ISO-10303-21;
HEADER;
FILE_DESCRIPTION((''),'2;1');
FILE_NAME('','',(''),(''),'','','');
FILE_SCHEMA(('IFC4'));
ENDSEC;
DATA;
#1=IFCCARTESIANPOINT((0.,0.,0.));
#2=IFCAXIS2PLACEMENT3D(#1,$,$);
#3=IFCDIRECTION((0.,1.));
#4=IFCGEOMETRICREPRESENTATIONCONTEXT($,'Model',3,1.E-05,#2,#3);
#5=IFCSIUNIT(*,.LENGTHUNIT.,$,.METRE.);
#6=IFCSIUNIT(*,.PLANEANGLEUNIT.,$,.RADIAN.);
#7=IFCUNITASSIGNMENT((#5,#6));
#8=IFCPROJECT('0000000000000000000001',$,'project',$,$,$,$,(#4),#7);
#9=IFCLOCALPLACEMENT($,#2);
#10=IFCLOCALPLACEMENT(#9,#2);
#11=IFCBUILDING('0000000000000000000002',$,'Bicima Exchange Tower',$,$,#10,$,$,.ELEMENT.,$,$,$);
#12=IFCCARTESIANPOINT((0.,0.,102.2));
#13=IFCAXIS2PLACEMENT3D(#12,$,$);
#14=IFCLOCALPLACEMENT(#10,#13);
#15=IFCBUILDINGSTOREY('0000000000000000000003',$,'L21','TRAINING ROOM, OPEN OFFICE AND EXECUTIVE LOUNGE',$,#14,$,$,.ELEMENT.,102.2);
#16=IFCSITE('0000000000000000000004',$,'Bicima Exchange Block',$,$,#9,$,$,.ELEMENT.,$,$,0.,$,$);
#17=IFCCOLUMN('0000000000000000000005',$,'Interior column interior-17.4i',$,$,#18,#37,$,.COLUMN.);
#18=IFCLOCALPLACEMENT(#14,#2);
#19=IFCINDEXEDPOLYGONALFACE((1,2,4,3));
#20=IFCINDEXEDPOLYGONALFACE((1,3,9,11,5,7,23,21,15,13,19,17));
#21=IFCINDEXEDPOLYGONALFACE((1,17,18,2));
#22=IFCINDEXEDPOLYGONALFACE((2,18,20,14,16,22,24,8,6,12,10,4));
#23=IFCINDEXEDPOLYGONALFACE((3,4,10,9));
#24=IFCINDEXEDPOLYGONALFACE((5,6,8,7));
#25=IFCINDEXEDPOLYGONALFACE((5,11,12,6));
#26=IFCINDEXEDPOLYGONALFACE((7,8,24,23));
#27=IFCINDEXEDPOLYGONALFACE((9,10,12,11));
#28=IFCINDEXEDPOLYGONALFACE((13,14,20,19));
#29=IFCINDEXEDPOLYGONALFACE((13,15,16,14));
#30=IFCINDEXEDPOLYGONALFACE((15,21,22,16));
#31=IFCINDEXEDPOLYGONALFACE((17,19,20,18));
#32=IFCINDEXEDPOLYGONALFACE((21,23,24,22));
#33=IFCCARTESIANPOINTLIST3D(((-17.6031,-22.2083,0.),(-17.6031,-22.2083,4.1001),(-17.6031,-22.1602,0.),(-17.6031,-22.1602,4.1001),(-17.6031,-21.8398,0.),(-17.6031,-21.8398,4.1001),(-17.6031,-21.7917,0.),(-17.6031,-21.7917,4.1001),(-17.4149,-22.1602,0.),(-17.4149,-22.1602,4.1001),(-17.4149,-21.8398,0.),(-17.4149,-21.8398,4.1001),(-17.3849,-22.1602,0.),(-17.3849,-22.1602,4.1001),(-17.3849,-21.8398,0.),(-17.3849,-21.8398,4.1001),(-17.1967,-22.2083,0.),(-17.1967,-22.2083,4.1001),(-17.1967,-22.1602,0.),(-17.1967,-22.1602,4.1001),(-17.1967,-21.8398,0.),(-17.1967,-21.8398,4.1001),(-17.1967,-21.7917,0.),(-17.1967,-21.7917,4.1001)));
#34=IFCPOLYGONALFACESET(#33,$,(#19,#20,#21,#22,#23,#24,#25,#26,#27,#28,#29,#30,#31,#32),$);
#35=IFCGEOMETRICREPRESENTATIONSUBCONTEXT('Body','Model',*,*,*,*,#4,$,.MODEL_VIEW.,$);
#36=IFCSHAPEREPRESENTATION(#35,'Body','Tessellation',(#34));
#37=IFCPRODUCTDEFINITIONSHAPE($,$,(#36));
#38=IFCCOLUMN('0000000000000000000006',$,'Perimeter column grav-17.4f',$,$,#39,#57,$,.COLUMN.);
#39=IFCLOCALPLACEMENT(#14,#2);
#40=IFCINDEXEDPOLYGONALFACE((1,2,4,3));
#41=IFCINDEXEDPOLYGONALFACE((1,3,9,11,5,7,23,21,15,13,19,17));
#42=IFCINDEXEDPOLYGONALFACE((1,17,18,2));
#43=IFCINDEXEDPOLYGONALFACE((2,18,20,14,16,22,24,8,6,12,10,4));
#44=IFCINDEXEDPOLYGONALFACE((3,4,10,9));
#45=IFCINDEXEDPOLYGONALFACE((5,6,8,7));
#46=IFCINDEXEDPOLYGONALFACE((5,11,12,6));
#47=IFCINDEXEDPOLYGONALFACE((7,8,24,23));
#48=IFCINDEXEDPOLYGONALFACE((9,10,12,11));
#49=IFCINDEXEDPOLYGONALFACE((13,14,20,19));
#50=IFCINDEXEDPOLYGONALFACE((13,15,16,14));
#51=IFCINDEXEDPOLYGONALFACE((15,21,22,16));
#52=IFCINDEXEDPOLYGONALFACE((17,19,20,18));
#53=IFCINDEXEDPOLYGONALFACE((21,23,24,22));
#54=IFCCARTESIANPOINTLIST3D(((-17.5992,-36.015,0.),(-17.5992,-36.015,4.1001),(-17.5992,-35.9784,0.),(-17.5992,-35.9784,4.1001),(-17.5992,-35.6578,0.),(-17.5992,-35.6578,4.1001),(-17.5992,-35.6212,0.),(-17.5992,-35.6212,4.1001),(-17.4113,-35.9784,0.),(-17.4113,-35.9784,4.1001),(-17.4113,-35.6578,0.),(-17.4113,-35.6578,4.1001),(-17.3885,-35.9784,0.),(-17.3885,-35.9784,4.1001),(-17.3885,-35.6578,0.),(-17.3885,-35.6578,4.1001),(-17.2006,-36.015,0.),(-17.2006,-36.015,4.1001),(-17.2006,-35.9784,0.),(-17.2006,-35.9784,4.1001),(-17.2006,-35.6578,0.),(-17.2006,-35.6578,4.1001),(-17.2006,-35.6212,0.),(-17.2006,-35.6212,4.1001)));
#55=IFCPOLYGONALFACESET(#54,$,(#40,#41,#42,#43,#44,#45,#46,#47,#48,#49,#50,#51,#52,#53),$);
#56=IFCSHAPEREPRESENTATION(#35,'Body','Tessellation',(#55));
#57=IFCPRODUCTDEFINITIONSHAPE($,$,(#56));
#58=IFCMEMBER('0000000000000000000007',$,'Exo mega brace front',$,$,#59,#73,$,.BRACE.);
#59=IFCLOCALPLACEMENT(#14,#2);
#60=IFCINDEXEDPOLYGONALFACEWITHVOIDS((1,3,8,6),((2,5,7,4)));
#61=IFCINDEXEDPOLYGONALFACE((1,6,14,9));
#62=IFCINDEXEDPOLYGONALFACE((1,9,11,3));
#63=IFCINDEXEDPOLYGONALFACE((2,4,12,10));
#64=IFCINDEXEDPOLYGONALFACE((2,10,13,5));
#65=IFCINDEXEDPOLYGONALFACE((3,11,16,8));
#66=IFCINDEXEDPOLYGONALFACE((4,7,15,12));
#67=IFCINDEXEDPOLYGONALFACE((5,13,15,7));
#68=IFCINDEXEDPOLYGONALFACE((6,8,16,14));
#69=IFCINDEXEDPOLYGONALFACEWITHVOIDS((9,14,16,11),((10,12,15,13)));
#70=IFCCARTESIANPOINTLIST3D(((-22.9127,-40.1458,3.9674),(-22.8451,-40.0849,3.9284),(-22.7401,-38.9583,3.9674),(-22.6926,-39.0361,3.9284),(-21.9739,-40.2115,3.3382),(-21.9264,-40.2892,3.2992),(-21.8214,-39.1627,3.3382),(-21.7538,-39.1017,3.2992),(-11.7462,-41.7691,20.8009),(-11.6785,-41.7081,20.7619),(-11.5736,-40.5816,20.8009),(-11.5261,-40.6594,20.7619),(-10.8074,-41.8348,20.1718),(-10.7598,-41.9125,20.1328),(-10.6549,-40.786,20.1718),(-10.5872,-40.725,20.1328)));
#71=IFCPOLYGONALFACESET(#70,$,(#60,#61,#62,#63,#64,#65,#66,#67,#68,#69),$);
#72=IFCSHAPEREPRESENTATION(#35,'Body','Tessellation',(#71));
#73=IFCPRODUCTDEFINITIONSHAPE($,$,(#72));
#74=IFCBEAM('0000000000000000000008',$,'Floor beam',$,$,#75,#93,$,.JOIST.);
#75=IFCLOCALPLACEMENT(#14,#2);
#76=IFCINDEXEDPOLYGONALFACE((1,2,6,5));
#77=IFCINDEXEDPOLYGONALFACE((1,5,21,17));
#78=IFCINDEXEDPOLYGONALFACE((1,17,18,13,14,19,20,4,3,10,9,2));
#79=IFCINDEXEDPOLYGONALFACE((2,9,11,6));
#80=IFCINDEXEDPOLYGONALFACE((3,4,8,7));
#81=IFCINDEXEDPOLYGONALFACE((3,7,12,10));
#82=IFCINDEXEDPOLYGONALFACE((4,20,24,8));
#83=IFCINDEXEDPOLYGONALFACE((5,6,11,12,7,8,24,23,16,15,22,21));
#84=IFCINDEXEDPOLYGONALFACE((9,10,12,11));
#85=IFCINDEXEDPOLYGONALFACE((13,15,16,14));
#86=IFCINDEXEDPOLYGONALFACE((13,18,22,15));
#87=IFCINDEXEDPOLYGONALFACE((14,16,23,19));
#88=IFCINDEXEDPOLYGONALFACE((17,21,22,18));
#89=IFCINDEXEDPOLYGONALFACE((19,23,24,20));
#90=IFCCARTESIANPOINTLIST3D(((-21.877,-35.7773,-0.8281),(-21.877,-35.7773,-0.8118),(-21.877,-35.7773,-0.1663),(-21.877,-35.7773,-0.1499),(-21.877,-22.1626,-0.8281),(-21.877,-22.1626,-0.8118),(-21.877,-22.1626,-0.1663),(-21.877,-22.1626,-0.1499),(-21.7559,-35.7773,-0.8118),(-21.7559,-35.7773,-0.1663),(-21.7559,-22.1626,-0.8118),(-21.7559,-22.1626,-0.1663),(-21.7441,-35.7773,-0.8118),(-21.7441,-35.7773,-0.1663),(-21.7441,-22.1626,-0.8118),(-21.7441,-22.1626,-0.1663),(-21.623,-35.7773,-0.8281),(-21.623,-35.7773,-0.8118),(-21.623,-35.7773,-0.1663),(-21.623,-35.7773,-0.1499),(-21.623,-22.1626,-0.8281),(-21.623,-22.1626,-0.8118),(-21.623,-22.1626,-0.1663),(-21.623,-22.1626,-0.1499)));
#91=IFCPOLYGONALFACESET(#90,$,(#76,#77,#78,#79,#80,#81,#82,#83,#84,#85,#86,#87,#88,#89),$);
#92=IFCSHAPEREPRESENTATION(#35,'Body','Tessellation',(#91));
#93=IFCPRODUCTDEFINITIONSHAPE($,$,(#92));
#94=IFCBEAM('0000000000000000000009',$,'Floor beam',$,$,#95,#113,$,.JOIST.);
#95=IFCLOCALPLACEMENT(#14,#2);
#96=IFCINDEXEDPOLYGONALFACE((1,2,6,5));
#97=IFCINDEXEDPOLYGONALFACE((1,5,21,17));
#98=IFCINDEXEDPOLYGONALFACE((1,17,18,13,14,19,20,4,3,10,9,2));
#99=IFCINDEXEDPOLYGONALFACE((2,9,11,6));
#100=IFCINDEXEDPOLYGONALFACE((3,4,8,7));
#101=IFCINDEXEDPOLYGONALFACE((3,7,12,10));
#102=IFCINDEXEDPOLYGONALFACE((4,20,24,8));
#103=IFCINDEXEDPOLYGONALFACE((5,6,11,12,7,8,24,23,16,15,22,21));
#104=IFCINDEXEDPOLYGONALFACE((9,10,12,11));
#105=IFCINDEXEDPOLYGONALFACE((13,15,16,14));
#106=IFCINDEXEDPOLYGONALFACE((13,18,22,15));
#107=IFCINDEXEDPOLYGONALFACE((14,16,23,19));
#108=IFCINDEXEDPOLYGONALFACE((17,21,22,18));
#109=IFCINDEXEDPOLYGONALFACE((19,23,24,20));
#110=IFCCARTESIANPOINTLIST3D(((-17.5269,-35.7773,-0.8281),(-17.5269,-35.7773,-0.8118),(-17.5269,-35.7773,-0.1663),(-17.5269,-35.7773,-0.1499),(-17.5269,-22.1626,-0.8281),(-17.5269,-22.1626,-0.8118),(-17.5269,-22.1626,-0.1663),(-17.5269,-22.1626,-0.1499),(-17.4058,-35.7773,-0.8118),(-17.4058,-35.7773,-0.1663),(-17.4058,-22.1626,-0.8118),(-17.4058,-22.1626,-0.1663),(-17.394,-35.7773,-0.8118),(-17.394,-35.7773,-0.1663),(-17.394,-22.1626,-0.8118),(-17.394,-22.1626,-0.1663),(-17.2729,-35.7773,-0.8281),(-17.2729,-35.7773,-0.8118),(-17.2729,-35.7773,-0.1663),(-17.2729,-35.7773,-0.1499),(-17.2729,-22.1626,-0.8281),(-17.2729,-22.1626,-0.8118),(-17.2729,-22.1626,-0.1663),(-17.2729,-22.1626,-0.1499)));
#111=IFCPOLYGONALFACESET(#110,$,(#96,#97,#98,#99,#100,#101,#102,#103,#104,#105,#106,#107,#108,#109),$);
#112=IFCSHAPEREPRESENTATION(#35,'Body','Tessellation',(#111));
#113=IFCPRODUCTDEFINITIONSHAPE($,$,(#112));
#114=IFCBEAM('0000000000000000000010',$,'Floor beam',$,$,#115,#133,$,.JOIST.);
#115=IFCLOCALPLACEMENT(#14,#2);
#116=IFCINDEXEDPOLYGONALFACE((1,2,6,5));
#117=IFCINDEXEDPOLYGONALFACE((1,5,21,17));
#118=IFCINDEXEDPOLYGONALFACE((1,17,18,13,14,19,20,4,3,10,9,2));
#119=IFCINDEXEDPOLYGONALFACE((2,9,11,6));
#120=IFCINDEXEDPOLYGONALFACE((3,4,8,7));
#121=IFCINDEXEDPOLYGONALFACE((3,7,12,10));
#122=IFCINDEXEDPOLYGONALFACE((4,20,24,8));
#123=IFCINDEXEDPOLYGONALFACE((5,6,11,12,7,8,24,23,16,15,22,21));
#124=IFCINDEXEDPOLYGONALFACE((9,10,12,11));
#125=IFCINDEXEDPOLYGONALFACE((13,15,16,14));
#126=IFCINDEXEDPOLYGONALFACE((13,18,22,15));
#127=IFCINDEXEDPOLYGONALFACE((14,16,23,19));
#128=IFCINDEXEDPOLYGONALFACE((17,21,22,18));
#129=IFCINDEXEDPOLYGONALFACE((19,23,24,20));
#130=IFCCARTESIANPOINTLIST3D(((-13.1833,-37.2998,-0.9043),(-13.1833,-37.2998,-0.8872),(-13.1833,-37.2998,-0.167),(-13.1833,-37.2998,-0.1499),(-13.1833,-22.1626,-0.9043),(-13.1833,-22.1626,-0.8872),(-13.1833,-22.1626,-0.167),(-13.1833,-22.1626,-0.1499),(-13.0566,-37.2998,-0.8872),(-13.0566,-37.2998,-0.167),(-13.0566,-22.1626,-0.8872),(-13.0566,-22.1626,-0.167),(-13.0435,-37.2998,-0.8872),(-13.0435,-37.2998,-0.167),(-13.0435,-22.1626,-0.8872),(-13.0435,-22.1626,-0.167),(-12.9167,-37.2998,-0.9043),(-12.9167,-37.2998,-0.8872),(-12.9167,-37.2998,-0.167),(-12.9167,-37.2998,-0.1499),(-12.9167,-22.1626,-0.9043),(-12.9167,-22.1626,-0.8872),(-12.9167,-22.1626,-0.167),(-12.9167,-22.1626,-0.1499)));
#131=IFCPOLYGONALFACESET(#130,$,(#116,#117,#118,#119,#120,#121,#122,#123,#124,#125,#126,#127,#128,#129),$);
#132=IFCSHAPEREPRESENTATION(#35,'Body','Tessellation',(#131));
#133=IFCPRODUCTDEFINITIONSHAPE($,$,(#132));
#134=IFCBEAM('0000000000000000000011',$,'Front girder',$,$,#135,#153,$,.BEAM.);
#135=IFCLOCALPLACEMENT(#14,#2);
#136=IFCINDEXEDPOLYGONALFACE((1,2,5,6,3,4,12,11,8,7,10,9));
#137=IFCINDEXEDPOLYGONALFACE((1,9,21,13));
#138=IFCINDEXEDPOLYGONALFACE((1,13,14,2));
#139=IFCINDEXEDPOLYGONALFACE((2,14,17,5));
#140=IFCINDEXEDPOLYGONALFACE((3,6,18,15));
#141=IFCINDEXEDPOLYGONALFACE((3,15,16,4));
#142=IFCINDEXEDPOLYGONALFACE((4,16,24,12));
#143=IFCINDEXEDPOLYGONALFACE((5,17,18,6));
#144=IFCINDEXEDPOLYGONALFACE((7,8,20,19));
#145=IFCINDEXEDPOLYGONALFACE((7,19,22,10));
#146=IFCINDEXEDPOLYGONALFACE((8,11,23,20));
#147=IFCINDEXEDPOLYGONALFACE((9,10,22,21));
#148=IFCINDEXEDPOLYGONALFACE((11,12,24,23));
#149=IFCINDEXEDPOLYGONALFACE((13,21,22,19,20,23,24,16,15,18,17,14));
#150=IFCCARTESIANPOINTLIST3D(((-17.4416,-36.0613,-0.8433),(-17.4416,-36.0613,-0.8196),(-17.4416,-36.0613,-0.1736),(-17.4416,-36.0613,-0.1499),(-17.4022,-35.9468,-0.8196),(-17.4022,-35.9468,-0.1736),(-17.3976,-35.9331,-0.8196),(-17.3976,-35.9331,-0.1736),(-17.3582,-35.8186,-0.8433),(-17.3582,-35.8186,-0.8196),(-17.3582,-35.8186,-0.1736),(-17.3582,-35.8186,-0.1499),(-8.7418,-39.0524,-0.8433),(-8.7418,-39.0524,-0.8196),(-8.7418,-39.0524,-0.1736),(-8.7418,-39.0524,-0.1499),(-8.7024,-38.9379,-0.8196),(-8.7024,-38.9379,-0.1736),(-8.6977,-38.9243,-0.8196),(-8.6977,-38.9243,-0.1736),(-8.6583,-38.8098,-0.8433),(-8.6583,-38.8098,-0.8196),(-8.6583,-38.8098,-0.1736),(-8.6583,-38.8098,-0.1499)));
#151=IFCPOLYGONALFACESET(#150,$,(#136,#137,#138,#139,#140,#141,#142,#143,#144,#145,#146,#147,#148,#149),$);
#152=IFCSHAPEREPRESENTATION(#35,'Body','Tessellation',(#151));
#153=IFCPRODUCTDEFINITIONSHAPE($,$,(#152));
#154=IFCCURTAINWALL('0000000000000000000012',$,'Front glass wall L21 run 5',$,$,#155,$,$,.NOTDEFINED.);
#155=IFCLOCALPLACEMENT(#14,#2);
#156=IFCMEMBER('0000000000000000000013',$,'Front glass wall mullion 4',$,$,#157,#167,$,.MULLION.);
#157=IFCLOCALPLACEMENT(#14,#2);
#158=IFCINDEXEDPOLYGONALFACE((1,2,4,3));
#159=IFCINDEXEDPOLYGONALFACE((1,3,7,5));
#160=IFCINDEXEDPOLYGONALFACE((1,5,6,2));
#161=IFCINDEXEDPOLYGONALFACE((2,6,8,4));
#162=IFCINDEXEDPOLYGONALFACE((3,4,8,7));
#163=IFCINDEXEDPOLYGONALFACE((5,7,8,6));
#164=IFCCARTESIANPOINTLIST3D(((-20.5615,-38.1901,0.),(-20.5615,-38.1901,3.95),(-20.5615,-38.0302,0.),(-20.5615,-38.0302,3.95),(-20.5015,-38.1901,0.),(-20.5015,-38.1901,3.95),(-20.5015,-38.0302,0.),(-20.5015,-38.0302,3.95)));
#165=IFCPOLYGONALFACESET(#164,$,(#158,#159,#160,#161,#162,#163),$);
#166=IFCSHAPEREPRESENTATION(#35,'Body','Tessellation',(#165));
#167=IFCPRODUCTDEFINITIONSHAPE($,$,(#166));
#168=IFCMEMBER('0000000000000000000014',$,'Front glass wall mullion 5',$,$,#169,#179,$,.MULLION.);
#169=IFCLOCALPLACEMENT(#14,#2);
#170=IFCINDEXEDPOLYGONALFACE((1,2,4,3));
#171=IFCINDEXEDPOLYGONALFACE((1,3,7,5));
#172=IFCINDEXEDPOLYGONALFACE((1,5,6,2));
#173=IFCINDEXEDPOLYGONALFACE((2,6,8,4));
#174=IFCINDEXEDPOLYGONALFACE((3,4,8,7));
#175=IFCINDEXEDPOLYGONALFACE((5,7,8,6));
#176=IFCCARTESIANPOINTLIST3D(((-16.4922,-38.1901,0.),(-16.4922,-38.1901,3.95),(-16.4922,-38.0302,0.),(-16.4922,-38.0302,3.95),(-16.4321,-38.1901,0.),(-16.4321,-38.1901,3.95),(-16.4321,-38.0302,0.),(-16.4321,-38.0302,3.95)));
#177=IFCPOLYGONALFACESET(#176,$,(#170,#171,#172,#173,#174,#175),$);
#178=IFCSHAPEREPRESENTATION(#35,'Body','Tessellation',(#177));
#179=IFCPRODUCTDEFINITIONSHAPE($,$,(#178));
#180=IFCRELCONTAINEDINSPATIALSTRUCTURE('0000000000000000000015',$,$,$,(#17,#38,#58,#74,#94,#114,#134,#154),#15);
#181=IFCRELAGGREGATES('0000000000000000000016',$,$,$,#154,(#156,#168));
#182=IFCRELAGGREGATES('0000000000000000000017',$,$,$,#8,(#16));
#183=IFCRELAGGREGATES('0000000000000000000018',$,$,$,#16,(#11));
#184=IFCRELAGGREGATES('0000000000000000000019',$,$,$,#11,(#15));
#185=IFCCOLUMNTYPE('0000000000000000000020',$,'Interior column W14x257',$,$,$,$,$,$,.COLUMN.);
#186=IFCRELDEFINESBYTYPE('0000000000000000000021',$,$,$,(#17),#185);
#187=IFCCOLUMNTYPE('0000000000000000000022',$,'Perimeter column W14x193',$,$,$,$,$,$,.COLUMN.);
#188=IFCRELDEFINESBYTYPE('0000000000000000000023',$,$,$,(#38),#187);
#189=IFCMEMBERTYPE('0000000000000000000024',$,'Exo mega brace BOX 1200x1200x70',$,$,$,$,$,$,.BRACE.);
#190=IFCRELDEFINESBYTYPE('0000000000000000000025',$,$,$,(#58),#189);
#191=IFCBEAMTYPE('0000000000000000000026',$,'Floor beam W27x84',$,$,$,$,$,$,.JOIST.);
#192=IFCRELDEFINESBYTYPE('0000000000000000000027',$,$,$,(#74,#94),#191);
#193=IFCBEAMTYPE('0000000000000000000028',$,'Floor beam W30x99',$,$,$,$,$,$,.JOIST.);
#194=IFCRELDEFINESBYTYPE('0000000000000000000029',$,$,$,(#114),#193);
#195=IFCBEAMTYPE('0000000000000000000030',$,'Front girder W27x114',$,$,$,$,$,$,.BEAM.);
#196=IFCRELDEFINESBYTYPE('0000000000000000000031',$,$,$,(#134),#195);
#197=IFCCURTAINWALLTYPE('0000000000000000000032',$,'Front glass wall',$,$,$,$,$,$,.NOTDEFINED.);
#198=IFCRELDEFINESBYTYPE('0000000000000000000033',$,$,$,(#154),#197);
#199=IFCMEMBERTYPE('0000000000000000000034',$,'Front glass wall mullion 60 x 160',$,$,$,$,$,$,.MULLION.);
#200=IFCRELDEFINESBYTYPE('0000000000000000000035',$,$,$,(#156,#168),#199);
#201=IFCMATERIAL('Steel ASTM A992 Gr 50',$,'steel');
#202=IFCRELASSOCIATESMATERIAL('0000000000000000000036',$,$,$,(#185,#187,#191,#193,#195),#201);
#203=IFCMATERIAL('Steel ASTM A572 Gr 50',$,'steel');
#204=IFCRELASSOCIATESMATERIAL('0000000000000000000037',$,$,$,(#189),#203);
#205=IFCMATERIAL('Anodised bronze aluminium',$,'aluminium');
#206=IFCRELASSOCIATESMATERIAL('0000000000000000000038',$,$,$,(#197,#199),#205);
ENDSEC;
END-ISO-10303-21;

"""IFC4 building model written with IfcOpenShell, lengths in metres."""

from ifc_helpers import new_model, si_unit, direction, frame, origin, origin_2d, place, context, subcontext, project, spatial, rectangle, hollow_rectangle, i_section, extrude, material, material_profile, profile_set, type_object, element, aggregate, save


model = new_model("IFC4")

# Units and contexts
model_context = context("Model", 3, precision=1e-05, world=origin(), true_north=direction((0.0, 1.0)))
body_context = subcontext(model_context, "Body", "Model", "MODEL_VIEW")
ifc_project = project(units=[si_unit("LENGTHUNIT", "METRE"), si_unit("PLANEANGLEUNIT", "RADIAN")], contexts=[model_context])

# Site, building, storey
site_placement = place(None, origin())
site = spatial("IfcSite", under=ifc_project, at=site_placement, Name="Bicima Exchange Block", CompositionType="ELEMENT", RefElevation=0.0)
building_placement = place(site_placement, origin())
building = spatial("IfcBuilding", under=site, at=building_placement, Name="Bicima Exchange Tower", CompositionType="ELEMENT")
storey_placement = place(building_placement, frame((0.0, 0.0, 102.2)))
storey = spatial("IfcBuildingStorey", under=building, at=storey_placement, Name="L21", Description="TRAINING ROOM, OPEN OFFICE AND EXECUTIVE LOUNGE", CompositionType="ELEMENT", Elevation=102.2)

# Columns
ifc_material_1 = material(Name="Steel ASTM A992 Gr 50", Category="steel")
ifc_material_profile_1 = material_profile(ifc_material_1, i_section(OverallWidth=0.4065, OverallDepth=0.4165, WebThickness=0.03, FlangeThickness=0.0481, at=origin_2d()))
ifc_profile_set_1 = profile_set([ifc_material_profile_1], Name="Steel ASTM A992 Gr 50")
column_type_1 = type_object("IfcColumnType", Name="Interior column W14x257", PredefinedType="COLUMN", material=ifc_profile_set_1)
column_1_placement = place(storey_placement, frame((-17.3999, -22.0, 0.0), z_axis=(0.0, 0.0, 1.0), x_axis=(1.0, 0.0, 0.0)))
element("IfcColumn", 1, at=column_1_placement, inside=storey, type_object=column_type_1, Name="Interior column interior-17.4i", PredefinedType="COLUMN", context=body_context, shape_type="SweptSolid", body=[
    extrude(i_section(OverallWidth=0.4065, OverallDepth=0.4165, WebThickness=0.03, FlangeThickness=0.0481, at=origin_2d()), origin(), (0.0, 0.0, 1.0), 4.1001),
])
ifc_material_profile_2 = material_profile(ifc_material_1, i_section(OverallWidth=0.3987, OverallDepth=0.3938, WebThickness=0.0227, FlangeThickness=0.0366, at=origin_2d()))
ifc_profile_set_2 = profile_set([ifc_material_profile_2], Name="Steel ASTM A992 Gr 50")
column_type_2 = type_object("IfcColumnType", Name="Perimeter column W14x193", PredefinedType="COLUMN", material=ifc_profile_set_2)
column_2_placement = place(storey_placement, frame((-17.3999, -35.8181, 0.0), z_axis=(0.0, 0.0, 1.0), x_axis=(1.0, 0.0, 0.0)))
element("IfcColumn", 2, at=column_2_placement, inside=storey, type_object=column_type_2, Name="Perimeter column grav-17.4f", PredefinedType="COLUMN", context=body_context, shape_type="SweptSolid", body=[
    extrude(i_section(OverallWidth=0.3987, OverallDepth=0.3938, WebThickness=0.0227, FlangeThickness=0.0366, at=origin_2d()), origin(), (0.0, 0.0, 1.0), 4.1001),
])

# Member
ifc_material_2 = material(Name="Steel ASTM A572 Gr 50", Category="steel")
ifc_material_profile_3 = material_profile(ifc_material_2, hollow_rectangle(XDim=1.2, YDim=1.2, WallThickness=0.0701, at=origin_2d()))
ifc_profile_set_3 = profile_set([ifc_material_profile_3], Name="Steel ASTM A572 Gr 50")
member_type_1 = type_object("IfcMemberType", Name="Exo mega brace BOX 1200x1200x70", PredefinedType="BRACE", material=ifc_profile_set_3)
member_1_placement = place(storey_placement, frame((-22.3333, -39.6238, 3.6333), z_axis=(0.551009, -0.080101, 0.830646), x_axis=(0.143859, 0.989598, 0.0)))
element("IfcMember", 3, at=member_1_placement, inside=storey, type_object=member_type_1, Name="Exo mega brace front", PredefinedType="BRACE", context=body_context, shape_type="SweptSolid", body=[
    extrude(hollow_rectangle(XDim=1.2, YDim=1.2, WallThickness=0.0701, at=origin_2d()), origin(), (0.0, 0.0, 1.0), 20.2656),
])

# Beams
ifc_material_profile_4 = material_profile(ifc_material_1, i_section(OverallWidth=0.2539, OverallDepth=0.6782, WebThickness=0.0117, FlangeThickness=0.0164, at=origin_2d()))
ifc_profile_set_4 = profile_set([ifc_material_profile_4], Name="Steel ASTM A992 Gr 50")
beam_type_1 = type_object("IfcBeamType", Name="Floor beam W27x84", PredefinedType="JOIST", material=ifc_profile_set_4)
for number, where, z_axis, x_axis, name in (
    (4, (-21.75, -22.1626, -0.489), (0.0, -1.0, 0.0), (1.0, 0.0, 0.0), "Floor beam"),
    (5, (-17.3999, -22.1626, -0.489), (0.0, -1.0, 0.0), (1.0, 0.0, 0.0), "Floor beam"),
):
    element("IfcBeam", number, at=place(storey_placement, frame(where, z_axis=z_axis, x_axis=x_axis)), inside=storey, type_object=beam_type_1, Name=name, PredefinedType="JOIST", context=body_context, shape_type="SweptSolid", body=[
        extrude(i_section(OverallWidth=0.2539, OverallDepth=0.6782, WebThickness=0.0117, FlangeThickness=0.0164, at=origin_2d()), origin(), (0.0, 0.0, 1.0), 13.6147),
    ])
ifc_material_profile_5 = material_profile(ifc_material_1, i_section(OverallWidth=0.2666, OverallDepth=0.7544, WebThickness=0.0132, FlangeThickness=0.0171, at=origin_2d()))
ifc_profile_set_5 = profile_set([ifc_material_profile_5], Name="Steel ASTM A992 Gr 50")
beam_type_2 = type_object("IfcBeamType", Name="Floor beam W30x99", PredefinedType="JOIST", material=ifc_profile_set_5)
beam_1_placement = place(storey_placement, frame((-13.05, -22.1626, -0.5271), z_axis=(0.0, -1.0, 0.0), x_axis=(1.0, 0.0, 0.0)))
element("IfcBeam", 6, at=beam_1_placement, inside=storey, type_object=beam_type_2, Name="Floor beam", PredefinedType="JOIST", context=body_context, shape_type="SweptSolid", body=[
    extrude(i_section(OverallWidth=0.2666, OverallDepth=0.7544, WebThickness=0.0132, FlangeThickness=0.0171, at=origin_2d()), origin(), (0.0, 0.0, 1.0), 15.1372),
])
ifc_material_profile_6 = material_profile(ifc_material_1, i_section(OverallWidth=0.2566, OverallDepth=0.6934, WebThickness=0.0144, FlangeThickness=0.0237, at=origin_2d()))
ifc_profile_set_6 = profile_set([ifc_material_profile_6], Name="Steel ASTM A992 Gr 50")
beam_type_3 = type_object("IfcBeamType", Name="Front girder W27x114", PredefinedType="BEAM", material=ifc_profile_set_6)
beam_2_placement = place(storey_placement, frame((-17.3999, -35.9399, -0.4966), z_axis=(0.945666, -0.325138, 0.0), x_axis=(0.325138, 0.945666, 0.0)))
element("IfcBeam", 7, at=beam_2_placement, inside=storey, type_object=beam_type_3, Name="Front girder", PredefinedType="BEAM", context=body_context, shape_type="SweptSolid", body=[
    extrude(i_section(OverallWidth=0.2566, OverallDepth=0.6934, WebThickness=0.0144, FlangeThickness=0.0237, at=origin_2d()), origin(), (0.0, 0.0, 1.0), 9.1997),
])

# Curtain wall, members
ifc_material_3 = material(Name="Anodised bronze aluminium", Category="aluminium")
curtain_wall_type = type_object("IfcCurtainWallType", Name="Front glass wall", PredefinedType="NOTDEFINED", material=ifc_material_3)
curtain_wall_1_placement = place(storey_placement, origin())
curtain_wall_1 = element("IfcCurtainWall", 8, at=curtain_wall_1_placement, inside=storey, type_object=curtain_wall_type, Name="Front glass wall L21 run 5", PredefinedType="NOTDEFINED")
ifc_material_profile_7 = material_profile(ifc_material_3, rectangle(XDim=0.1599, YDim=0.0601, at=origin_2d()))
ifc_profile_set_7 = profile_set([ifc_material_profile_7], Name="Anodised bronze aluminium")
member_type_2 = type_object("IfcMemberType", Name="Front glass wall mullion 60 x 160", PredefinedType="MULLION", material=ifc_profile_set_7)
member_2_placement = place(storey_placement, frame((-20.5315, -38.1101, 0.0), z_axis=(0.0, 0.0, 1.0), x_axis=(0.0, 1.0, 0.0)))
member_2 = element("IfcMember", 9, at=member_2_placement, type_object=member_type_2, Name="Front glass wall mullion 4", PredefinedType="MULLION", context=body_context, shape_type="SweptSolid", body=[
    extrude(rectangle(XDim=0.1599, YDim=0.0601, at=origin_2d()), origin(), (0.0, 0.0, 1.0), 3.95),
])
member_3_placement = place(storey_placement, frame((-16.4622, -38.1101, 0.0), z_axis=(0.0, 0.0, 1.0), x_axis=(0.0, 1.0, 0.0)))
member_3 = element("IfcMember", 10, at=member_3_placement, type_object=member_type_2, Name="Front glass wall mullion 5", PredefinedType="MULLION", context=body_context, shape_type="SweptSolid", body=[
    extrude(rectangle(XDim=0.1599, YDim=0.0601, at=origin_2d()), origin(), (0.0, 0.0, 1.0), 3.95),
])

aggregate(curtain_wall_1, [member_2, member_3])

save(model, "model.ifc")
